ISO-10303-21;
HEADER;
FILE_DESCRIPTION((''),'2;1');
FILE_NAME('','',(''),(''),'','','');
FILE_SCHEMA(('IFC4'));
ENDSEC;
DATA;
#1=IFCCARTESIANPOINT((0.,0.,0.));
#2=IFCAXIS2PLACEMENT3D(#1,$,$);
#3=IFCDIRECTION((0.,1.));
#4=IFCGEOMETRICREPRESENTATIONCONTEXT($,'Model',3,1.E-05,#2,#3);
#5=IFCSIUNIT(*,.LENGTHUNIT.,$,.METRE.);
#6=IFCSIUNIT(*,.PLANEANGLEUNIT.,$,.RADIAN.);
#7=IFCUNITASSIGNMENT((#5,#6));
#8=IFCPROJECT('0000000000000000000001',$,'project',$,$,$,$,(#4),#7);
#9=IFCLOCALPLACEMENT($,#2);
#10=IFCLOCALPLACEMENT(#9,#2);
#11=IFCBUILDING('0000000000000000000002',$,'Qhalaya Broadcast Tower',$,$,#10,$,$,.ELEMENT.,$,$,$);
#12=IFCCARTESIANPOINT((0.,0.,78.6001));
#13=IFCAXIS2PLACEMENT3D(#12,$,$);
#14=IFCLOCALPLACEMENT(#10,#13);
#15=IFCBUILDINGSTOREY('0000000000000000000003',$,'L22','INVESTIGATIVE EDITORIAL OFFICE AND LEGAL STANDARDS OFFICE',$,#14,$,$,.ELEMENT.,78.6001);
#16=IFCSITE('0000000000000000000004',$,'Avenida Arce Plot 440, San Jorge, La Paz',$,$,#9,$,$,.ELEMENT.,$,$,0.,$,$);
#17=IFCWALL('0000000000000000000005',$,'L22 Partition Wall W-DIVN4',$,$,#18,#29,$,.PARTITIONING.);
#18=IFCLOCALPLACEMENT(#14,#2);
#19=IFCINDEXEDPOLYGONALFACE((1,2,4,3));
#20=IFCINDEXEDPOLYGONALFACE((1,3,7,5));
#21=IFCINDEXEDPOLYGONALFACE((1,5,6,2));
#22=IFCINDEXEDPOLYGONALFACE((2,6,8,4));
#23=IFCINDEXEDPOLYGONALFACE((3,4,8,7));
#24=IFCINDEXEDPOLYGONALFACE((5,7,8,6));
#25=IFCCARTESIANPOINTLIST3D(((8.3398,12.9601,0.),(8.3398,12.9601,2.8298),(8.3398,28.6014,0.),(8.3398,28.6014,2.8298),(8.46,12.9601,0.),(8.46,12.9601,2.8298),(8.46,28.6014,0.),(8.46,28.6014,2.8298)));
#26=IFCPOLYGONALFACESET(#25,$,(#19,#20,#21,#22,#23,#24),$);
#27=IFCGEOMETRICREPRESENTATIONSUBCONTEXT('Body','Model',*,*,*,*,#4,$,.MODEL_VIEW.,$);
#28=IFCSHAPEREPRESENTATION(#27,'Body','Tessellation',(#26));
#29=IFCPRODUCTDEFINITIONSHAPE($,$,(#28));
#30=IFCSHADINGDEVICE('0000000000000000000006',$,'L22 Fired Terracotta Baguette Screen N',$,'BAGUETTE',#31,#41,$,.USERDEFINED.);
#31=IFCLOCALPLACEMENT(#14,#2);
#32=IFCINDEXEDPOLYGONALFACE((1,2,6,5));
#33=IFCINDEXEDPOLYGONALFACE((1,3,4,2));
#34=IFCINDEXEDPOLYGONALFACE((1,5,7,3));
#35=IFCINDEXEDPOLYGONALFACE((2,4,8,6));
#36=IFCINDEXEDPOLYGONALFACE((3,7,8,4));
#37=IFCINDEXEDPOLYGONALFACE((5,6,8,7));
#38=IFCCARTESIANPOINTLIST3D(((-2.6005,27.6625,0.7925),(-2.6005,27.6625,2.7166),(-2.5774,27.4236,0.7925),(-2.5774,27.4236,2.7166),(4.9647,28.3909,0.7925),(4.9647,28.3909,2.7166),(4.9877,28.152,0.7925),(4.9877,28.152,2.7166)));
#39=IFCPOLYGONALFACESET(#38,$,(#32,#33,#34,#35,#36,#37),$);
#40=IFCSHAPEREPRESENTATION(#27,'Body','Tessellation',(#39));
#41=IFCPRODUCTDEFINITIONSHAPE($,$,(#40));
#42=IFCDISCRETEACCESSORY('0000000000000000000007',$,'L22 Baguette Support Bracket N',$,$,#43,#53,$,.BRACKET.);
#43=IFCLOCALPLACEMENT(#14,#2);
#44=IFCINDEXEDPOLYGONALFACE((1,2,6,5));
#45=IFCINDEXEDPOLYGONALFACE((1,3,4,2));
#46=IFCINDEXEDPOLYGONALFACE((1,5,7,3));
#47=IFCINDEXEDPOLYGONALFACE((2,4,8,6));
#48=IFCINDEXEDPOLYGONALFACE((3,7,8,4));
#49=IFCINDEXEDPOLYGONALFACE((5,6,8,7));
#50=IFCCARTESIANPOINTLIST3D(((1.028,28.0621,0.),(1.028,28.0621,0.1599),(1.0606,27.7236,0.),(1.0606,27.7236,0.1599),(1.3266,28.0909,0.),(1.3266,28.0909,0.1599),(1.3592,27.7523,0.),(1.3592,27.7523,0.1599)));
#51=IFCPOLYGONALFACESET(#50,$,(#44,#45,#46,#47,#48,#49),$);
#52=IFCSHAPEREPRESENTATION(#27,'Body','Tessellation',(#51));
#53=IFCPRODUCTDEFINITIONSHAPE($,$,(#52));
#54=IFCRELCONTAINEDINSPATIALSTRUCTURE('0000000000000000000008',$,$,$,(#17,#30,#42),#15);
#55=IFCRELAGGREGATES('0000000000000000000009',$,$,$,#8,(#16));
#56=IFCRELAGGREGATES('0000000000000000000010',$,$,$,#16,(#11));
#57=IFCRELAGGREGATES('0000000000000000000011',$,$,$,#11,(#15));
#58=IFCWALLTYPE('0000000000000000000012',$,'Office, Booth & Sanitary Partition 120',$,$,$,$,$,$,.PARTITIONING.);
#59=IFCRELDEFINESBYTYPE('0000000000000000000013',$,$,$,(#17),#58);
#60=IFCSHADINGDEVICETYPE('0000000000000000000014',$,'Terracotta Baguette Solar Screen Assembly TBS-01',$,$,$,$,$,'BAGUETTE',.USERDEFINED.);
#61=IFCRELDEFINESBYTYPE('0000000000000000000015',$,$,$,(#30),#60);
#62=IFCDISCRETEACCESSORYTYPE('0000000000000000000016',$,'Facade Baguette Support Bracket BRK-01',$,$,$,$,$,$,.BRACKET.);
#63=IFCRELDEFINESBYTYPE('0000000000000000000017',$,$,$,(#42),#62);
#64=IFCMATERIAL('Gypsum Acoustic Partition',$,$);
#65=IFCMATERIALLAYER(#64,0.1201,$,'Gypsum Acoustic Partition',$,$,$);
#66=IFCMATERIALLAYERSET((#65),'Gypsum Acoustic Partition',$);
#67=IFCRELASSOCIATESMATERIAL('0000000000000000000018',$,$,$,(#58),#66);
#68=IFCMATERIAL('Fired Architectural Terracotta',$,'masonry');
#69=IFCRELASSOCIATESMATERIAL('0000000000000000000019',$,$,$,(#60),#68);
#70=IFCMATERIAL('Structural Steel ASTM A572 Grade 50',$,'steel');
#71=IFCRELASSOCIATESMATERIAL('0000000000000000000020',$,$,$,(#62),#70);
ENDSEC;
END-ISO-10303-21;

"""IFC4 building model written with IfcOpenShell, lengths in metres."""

from ifc_helpers import new_model, si_unit, direction, frame, frame_2d, origin, origin_2d, place, context, subcontext, project, spatial, rectangle, extrude, material, layer, layer_set, type_object, element, save


model = new_model("IFC4")

# Units and contexts
model_context = context("Model", 3, precision=1e-05, world=origin(), true_north=direction((0.0, 1.0)))
body_context = subcontext(model_context, "Body", "Model", "MODEL_VIEW")
ifc_project = project(units=[si_unit("LENGTHUNIT", "METRE"), si_unit("PLANEANGLEUNIT", "RADIAN")], contexts=[model_context])

# Site, building, storey
site_placement = place(None, origin())
site = spatial("IfcSite", under=ifc_project, at=site_placement, Name="Avenida Arce Plot 440, San Jorge, La Paz", CompositionType="ELEMENT", RefElevation=0.0)
building_placement = place(site_placement, origin())
building = spatial("IfcBuilding", under=site, at=building_placement, Name="Qhalaya Broadcast Tower", CompositionType="ELEMENT")
storey_placement = place(building_placement, frame((0.0, 0.0, 78.6001)))
storey = spatial("IfcBuildingStorey", under=building, at=storey_placement, Name="L22", Description="INVESTIGATIVE EDITORIAL OFFICE AND LEGAL STANDARDS OFFICE", CompositionType="ELEMENT", Elevation=78.6001)

# Shared definitions
ifc_material_1 = material(Name="Structural Steel ASTM A572 Grade 50", Category="steel")

# Shared definitions
ifc_material_2 = material(Name="Fired Architectural Terracotta", Category="masonry")

# Shared definitions
ifc_material_3 = material(Name="Gypsum Acoustic Partition")

# Wall
ifc_layer_1 = layer(ifc_material_3, 0.1201, Name="Gypsum Acoustic Partition")
ifc_layer_set_1 = layer_set([ifc_layer_1], Name="Gypsum Acoustic Partition")
wall_type_1 = type_object("IfcWallType", Name="Office, Booth & Sanitary Partition 120", PredefinedType="PARTITIONING", material=ifc_layer_set_1)
wall_1_placement = place(storey_placement, frame((8.3999, 12.96, 0.0), z_axis=(0.0, 0.0, 1.0), x_axis=(0.0, 1.0, 0.0)))
element("IfcWall", 1, at=wall_1_placement, inside=storey, type_object=wall_type_1, Name="L22 Partition Wall W-DIVN4", PredefinedType="PARTITIONING", context=body_context, shape_type="SweptSolid", body=[
    extrude(rectangle(XDim=15.6414, YDim=0.1201, at=frame_2d((7.8208, 0.0))), origin(), (0.0, 0.0, 1.0), 2.8298),
])

# Shading device
shading_device_type = type_object("IfcShadingDeviceType", Name="Terracotta Baguette Solar Screen Assembly TBS-01", ElementType="BAGUETTE", PredefinedType="USERDEFINED", material=ifc_material_2)
shading_device_placement = place(storey_placement, frame((1.1936, 27.9072, 0.7925), z_axis=(0.0, 0.0, 1.0), x_axis=(-0.995396, -0.095846, 0.0)))
element("IfcShadingDevice", 2, at=shading_device_placement, inside=storey, type_object=shading_device_type, Name="L22 Fired Terracotta Baguette Screen N", ObjectType="BAGUETTE", PredefinedType="USERDEFINED", context=body_context, shape_type="SweptSolid", body=[
    extrude(rectangle(XDim=7.6001, YDim=0.24, at=origin_2d()), origin(), (0.0, 0.0, 1.0), 1.9241),
])

# Discrete accessory
discrete_accessory_type = type_object("IfcDiscreteAccessoryType", Name="Facade Baguette Support Bracket BRK-01", PredefinedType="BRACKET", material=ifc_material_1)
discrete_accessory_placement = place(storey_placement, frame((1.1936, 27.9072, 0.0), z_axis=(0.0, 0.0, 1.0), x_axis=(-0.995396, -0.095846, 0.0)))
element("IfcDiscreteAccessory", 3, at=discrete_accessory_placement, inside=storey, type_object=discrete_accessory_type, Name="L22 Baguette Support Bracket N", PredefinedType="BRACKET", context=body_context, shape_type="SweptSolid", body=[
    extrude(rectangle(XDim=0.3, YDim=0.3401, at=origin_2d()), origin(), (0.0, 0.0, 1.0), 0.1599),
])

save(model, "model.ifc")
